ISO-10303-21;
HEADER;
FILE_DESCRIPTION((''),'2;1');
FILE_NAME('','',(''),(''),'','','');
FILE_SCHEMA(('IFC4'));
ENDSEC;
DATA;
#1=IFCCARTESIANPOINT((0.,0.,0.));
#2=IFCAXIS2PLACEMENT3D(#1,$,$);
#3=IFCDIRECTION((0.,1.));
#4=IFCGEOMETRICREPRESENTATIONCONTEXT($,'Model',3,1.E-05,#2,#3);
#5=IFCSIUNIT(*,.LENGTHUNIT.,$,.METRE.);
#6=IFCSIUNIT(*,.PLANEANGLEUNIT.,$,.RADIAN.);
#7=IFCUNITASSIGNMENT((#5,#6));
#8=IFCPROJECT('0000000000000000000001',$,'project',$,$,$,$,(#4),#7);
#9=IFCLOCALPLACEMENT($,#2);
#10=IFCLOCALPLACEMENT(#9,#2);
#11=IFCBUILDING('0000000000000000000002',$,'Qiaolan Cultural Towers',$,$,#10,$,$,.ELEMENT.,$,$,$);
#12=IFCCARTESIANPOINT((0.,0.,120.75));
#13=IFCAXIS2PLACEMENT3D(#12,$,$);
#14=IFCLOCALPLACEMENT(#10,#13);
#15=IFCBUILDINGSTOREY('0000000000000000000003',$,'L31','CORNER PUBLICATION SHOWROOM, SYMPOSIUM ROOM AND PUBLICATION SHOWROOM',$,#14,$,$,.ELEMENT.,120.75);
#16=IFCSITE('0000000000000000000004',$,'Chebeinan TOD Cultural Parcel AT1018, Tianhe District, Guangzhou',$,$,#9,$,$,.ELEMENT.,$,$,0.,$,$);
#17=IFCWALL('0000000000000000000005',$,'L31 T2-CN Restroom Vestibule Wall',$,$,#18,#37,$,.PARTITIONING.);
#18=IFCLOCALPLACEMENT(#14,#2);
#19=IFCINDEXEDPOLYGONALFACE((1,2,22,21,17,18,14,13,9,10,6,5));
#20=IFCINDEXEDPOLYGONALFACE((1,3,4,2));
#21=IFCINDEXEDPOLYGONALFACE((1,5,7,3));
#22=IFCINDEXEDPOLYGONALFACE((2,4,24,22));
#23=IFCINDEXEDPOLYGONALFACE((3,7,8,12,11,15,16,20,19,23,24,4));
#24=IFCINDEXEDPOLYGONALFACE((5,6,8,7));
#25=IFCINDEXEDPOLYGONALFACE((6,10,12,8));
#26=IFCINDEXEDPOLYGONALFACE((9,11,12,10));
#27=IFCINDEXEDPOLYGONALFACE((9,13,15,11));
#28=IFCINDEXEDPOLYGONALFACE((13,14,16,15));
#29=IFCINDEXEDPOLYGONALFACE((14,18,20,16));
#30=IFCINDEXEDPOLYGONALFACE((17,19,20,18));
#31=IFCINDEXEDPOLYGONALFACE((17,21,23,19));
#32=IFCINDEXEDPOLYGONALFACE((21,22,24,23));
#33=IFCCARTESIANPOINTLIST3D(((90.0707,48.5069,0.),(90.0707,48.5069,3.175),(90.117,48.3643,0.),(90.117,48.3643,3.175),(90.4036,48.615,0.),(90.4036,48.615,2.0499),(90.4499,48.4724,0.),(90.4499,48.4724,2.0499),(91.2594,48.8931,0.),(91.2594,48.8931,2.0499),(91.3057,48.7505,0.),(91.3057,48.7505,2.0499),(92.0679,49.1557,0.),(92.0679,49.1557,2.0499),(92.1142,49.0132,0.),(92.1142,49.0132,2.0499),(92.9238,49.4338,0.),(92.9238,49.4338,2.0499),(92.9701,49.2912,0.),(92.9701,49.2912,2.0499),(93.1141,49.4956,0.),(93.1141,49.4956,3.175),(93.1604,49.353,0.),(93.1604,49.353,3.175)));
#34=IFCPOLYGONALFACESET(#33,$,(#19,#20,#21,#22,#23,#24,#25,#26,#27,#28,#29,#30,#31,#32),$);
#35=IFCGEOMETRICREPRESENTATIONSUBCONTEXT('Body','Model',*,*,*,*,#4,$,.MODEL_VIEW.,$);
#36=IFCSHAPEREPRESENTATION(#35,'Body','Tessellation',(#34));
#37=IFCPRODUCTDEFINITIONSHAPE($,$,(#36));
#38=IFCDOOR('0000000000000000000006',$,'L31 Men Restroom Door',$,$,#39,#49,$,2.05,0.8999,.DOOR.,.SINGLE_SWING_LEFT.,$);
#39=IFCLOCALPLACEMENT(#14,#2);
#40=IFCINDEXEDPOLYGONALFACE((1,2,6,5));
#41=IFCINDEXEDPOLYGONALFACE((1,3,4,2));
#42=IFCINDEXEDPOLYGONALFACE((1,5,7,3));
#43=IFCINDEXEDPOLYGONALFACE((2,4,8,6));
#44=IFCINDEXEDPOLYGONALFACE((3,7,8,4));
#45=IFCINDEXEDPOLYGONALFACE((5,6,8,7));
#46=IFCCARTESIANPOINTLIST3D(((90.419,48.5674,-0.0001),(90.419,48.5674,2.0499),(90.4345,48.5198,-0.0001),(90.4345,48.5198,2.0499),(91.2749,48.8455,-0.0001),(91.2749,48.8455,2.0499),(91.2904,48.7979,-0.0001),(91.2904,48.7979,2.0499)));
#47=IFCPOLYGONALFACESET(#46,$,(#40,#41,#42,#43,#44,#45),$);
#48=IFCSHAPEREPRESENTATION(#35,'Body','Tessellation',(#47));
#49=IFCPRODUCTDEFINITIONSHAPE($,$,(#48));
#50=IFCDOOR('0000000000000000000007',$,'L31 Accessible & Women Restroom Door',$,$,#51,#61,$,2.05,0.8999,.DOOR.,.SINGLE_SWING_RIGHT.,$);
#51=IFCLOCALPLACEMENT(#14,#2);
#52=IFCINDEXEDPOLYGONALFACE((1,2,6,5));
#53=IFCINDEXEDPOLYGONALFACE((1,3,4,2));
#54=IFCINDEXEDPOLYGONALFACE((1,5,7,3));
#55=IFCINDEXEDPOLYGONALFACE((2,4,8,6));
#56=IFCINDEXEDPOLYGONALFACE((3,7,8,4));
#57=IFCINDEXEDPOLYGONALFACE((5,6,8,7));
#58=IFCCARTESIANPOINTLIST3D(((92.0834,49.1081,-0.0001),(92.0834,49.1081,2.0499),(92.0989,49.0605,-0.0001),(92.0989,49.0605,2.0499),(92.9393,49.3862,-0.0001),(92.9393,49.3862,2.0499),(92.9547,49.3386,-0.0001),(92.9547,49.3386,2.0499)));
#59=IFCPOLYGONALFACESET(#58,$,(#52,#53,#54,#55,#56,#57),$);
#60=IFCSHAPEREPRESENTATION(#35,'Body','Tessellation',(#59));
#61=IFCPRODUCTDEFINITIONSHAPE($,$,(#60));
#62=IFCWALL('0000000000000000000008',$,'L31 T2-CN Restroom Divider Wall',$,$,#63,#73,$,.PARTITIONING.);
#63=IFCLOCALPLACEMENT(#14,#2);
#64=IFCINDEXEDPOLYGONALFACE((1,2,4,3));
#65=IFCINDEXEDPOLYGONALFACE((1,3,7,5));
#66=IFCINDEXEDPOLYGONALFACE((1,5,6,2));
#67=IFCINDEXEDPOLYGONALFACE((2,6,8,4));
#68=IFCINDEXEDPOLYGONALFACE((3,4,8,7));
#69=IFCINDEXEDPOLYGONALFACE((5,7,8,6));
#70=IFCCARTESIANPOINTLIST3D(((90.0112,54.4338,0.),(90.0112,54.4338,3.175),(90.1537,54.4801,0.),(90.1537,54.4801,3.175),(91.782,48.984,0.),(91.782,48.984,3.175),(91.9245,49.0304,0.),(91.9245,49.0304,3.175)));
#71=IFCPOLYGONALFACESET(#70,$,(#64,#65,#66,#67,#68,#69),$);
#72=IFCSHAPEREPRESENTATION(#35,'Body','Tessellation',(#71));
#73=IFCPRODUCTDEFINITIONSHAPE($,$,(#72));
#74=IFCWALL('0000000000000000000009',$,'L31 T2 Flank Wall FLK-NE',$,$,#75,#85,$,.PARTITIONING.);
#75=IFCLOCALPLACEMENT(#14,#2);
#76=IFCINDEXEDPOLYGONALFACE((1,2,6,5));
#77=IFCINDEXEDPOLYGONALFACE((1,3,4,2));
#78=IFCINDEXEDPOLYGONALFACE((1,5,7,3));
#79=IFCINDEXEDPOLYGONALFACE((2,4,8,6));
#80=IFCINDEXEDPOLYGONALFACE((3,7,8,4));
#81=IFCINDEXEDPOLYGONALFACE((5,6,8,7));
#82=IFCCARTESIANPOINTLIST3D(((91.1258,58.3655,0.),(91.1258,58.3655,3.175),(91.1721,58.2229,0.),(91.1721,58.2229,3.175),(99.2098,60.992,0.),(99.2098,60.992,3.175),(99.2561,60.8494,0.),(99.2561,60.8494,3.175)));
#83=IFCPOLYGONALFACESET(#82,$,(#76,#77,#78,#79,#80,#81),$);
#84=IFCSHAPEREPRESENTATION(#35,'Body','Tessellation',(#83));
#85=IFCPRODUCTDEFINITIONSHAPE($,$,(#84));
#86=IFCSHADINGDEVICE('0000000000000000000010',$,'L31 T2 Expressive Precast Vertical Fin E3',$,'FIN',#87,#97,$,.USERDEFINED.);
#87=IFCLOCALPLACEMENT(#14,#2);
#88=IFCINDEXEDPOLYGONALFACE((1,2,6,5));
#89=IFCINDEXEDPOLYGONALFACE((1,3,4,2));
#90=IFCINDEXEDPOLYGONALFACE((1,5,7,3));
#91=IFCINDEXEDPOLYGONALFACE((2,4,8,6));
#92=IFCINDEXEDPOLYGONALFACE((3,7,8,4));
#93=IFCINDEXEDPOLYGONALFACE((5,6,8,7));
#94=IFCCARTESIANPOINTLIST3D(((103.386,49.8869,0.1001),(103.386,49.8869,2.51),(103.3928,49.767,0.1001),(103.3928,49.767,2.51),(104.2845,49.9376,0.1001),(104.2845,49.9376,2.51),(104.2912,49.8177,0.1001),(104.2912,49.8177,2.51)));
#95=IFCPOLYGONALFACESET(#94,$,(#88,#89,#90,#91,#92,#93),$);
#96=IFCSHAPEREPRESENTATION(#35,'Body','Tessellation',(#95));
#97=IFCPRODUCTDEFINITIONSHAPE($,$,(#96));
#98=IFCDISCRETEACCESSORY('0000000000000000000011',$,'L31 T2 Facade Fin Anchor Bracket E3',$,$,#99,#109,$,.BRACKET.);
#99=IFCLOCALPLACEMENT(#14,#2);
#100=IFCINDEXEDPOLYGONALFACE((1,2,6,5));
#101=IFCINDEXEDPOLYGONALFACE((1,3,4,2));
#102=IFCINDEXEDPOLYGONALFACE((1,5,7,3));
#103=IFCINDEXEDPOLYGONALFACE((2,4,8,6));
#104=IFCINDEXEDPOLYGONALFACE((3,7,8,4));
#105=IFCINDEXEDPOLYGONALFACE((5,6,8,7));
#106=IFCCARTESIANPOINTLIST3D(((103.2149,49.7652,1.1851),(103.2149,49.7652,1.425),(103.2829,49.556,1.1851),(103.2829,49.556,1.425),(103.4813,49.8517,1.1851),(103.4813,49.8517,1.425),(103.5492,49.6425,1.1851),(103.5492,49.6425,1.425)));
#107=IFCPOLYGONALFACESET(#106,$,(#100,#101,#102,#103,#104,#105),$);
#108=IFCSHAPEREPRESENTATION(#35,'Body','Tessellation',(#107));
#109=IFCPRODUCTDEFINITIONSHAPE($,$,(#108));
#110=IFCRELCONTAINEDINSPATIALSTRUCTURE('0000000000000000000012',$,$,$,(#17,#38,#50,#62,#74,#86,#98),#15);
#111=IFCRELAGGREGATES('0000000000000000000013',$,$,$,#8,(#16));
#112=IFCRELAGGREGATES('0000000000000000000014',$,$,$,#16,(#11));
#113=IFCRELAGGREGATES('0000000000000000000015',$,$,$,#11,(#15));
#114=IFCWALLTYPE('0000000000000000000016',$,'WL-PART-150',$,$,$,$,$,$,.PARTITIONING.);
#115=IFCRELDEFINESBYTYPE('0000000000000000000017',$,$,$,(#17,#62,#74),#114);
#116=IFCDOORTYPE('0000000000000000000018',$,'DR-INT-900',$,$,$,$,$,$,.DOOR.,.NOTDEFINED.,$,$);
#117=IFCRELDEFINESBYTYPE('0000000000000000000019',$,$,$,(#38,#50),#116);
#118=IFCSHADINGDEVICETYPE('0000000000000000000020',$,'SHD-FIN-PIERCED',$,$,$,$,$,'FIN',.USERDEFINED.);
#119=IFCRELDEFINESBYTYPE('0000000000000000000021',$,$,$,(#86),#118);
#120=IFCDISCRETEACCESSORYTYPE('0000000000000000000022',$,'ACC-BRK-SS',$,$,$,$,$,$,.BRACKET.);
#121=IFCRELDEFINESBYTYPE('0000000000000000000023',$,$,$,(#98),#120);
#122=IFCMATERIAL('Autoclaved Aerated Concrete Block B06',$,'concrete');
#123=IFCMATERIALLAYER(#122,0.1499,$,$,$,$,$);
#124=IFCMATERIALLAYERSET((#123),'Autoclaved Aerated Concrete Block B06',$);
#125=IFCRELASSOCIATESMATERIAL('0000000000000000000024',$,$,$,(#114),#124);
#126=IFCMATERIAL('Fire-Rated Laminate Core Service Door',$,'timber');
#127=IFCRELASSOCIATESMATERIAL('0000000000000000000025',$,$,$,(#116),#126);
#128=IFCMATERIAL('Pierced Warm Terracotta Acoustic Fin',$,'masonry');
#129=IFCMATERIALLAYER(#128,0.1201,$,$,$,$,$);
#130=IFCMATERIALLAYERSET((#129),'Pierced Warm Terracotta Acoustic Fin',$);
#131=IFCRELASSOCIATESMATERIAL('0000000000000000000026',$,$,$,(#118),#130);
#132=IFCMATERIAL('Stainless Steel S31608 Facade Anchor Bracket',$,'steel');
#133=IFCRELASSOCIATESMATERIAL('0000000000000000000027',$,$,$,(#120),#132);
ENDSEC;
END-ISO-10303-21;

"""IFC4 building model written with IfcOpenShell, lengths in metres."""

from ifc_helpers import new_model, si_unit, direction, frame, frame_2d, origin, origin_2d, place, context, subcontext, project, spatial, rectangle, extrude, material, layer, layer_set, type_object, element, fill, save


model = new_model("IFC4")

# Units and contexts
model_context = context("Model", 3, precision=1e-05, world=origin(), true_north=direction((0.0, 1.0)))
body_context = subcontext(model_context, "Body", "Model", "MODEL_VIEW")
ifc_project = project(units=[si_unit("LENGTHUNIT", "METRE"), si_unit("PLANEANGLEUNIT", "RADIAN")], contexts=[model_context])

# Site, building, storey
site_placement = place(None, origin())
site = spatial("IfcSite", under=ifc_project, at=site_placement, Name="Chebeinan TOD Cultural Parcel AT1018, Tianhe District, Guangzhou", CompositionType="ELEMENT", RefElevation=0.0)
building_placement = place(site_placement, origin())
building = spatial("IfcBuilding", under=site, at=building_placement, Name="Qiaolan Cultural Towers", CompositionType="ELEMENT")
storey_placement = place(building_placement, frame((0.0, 0.0, 120.75)))
storey = spatial("IfcBuildingStorey", under=building, at=storey_placement, Name="L31", Description="CORNER PUBLICATION SHOWROOM, SYMPOSIUM ROOM AND PUBLICATION SHOWROOM", CompositionType="ELEMENT", Elevation=120.75)

# Wall, openings, doors
ifc_material_1 = material(Name="Autoclaved Aerated Concrete Block B06", Category="concrete")
ifc_layer_1 = layer(ifc_material_1, 0.1499)
ifc_layer_set_1 = layer_set([ifc_layer_1], Name="Autoclaved Aerated Concrete Block B06")
wall_type_1 = type_object("IfcWallType", Name="WL-PART-150", PredefinedType="PARTITIONING", material=ifc_layer_set_1)
wall_1_placement = place(storey_placement, frame((90.0938, 48.4355, 0.0), z_axis=(0.0, 0.0, 1.0), x_axis=(0.951067, 0.308986, 0.0)))
wall_1 = element("IfcWall", 1, at=wall_1_placement, inside=storey, type_object=wall_type_1, Name="L31 T2-CN Restroom Vestibule Wall", PredefinedType="PARTITIONING", context=body_context, shape_type="SweptSolid", body=[
    extrude(rectangle(XDim=3.2, YDim=0.1499, at=frame_2d((1.6001, 0.0))), origin(), (0.0, 0.0, 1.0), 3.175),
])
opening_1_placement = place(wall_1_placement, frame((0.3501, 0.0, 0.0)))
opening_1 = element("IfcOpeningElement", 2, at=opening_1_placement, cuts=wall_1, PredefinedType="OPENING", context=body_context, shape_type="SweptSolid", body=[
    extrude(rectangle(XDim=0.8999, YDim=2.05, at=frame_2d((0.45, 1.0249))), frame((0.0, 0.085, 0.0), z_axis=(0.0, -1.0, 0.0), x_axis=(1.0, 0.0, 0.0)), (0.0, 0.0, 1.0), 0.1699),
])
opening_2_placement = place(wall_1_placement, frame((2.1001, 0.0, 0.0)))
opening_2 = element("IfcOpeningElement", 3, at=opening_2_placement, cuts=wall_1, PredefinedType="OPENING", context=body_context, shape_type="SweptSolid", body=[
    extrude(rectangle(XDim=0.8999, YDim=2.05, at=frame_2d((0.45, 1.0249))), frame((0.0, 0.085, 0.0), z_axis=(0.0, -1.0, 0.0), x_axis=(1.0, 0.0, 0.0)), (0.0, 0.0, 1.0), 0.1699),
])
ifc_material_2 = material(Name="Fire-Rated Laminate Core Service Door", Category="timber")
door_type_1 = type_object("IfcDoorType", Name="DR-INT-900", OperationType="NOTDEFINED", PredefinedType="DOOR", material=ifc_material_2)
door_1_placement = place(opening_1_placement, origin())
door_1 = element("IfcDoor", 4, at=door_1_placement, inside=storey, type_object=door_type_1, Name="L31 Men Restroom Door", OperationType="SINGLE_SWING_LEFT", OverallHeight=2.05, OverallWidth=0.8999, PredefinedType="DOOR", context=body_context, shape_type="SweptSolid", body=[
    extrude(rectangle(XDim=0.8999, YDim=2.05, at=frame_2d((0.45, 1.0249))), frame((0.0, 0.0249, 0.0), z_axis=(0.0, -1.0, 0.0), x_axis=(1.0, 0.0, 0.0)), (0.0, 0.0, 1.0), 0.05),
])
fill(opening_1, door_1)
door_2_placement = place(opening_2_placement, origin())
door_2 = element("IfcDoor", 5, at=door_2_placement, inside=storey, type_object=door_type_1, Name="L31 Accessible & Women Restroom Door", OperationType="SINGLE_SWING_RIGHT", OverallHeight=2.05, OverallWidth=0.8999, PredefinedType="DOOR", context=body_context, shape_type="SweptSolid", body=[
    extrude(rectangle(XDim=0.8999, YDim=2.05, at=frame_2d((0.45, 1.0249))), frame((0.0, 0.0249, 0.0), z_axis=(0.0, -1.0, 0.0), x_axis=(1.0, 0.0, 0.0)), (0.0, 0.0, 1.0), 0.05),
])
fill(opening_2, door_2)

# Walls
wall_2_placement = place(storey_placement, frame((91.8533, 49.0071, 0.0), z_axis=(0.0, 0.0, 1.0), x_axis=(-0.309022, 0.951055, 0.0)))
element("IfcWall", 6, at=wall_2_placement, inside=storey, type_object=wall_type_1, Name="L31 T2-CN Restroom Divider Wall", PredefinedType="PARTITIONING", context=body_context, shape_type="SweptSolid", body=[
    extrude(rectangle(XDim=5.7302, YDim=0.1499, at=frame_2d((2.8652, 0.0))), origin(), (0.0, 0.0, 1.0), 3.175),
])
wall_3_placement = place(storey_placement, frame((91.1489, 58.2942, 0.0), z_axis=(0.0, 0.0, 1.0), x_axis=(0.951063, 0.308998, 0.0)))
element("IfcWall", 7, at=wall_3_placement, inside=storey, type_object=wall_type_1, Name="L31 T2 Flank Wall FLK-NE", PredefinedType="PARTITIONING", context=body_context, shape_type="SweptSolid", body=[
    extrude(rectangle(XDim=8.5, YDim=0.1499, at=frame_2d((4.25, 0.0))), origin(), (0.0, 0.0, 1.0), 3.175),
])

# Shading device
ifc_material_3 = material(Name="Pierced Warm Terracotta Acoustic Fin", Category="masonry")
ifc_layer_2 = layer(ifc_material_3, 0.1201)
ifc_layer_set_2 = layer_set([ifc_layer_2], Name="Pierced Warm Terracotta Acoustic Fin")
shading_device_type = type_object("IfcShadingDeviceType", Name="SHD-FIN-PIERCED", ElementType="FIN", PredefinedType="USERDEFINED", material=ifc_layer_set_2)
shading_device_placement = place(storey_placement, frame((103.8386, 49.8523, 0.1001), z_axis=(0.0, 0.0, 1.0), x_axis=(0.998413, 0.056307, 0.0)))
element("IfcShadingDevice", 8, at=shading_device_placement, inside=storey, type_object=shading_device_type, Name="L31 T2 Expressive Precast Vertical Fin E3", ObjectType="FIN", PredefinedType="USERDEFINED", context=body_context, shape_type="SweptSolid", body=[
    extrude(rectangle(XDim=0.8999, YDim=0.1201, at=origin_2d()), origin(), (0.0, 0.0, 1.0), 2.4099),
])

# Discrete accessory
ifc_material_4 = material(Name="Stainless Steel S31608 Facade Anchor Bracket", Category="steel")
discrete_accessory_type = type_object("IfcDiscreteAccessoryType", Name="ACC-BRK-SS", PredefinedType="BRACKET", material=ifc_material_4)
discrete_accessory_placement = place(storey_placement, frame((103.3821, 49.7039, 1.1851), z_axis=(0.0, 0.0, 1.0), x_axis=(0.951057, 0.309017, 0.0)))
element("IfcDiscreteAccessory", 9, at=discrete_accessory_placement, inside=storey, type_object=discrete_accessory_type, Name="L31 T2 Facade Fin Anchor Bracket E3", PredefinedType="BRACKET", context=body_context, shape_type="SweptSolid", body=[
    extrude(rectangle(XDim=0.28, YDim=0.22, at=origin_2d()), origin(), (0.0, 0.0, 1.0), 0.24),
])

save(model, "model.ifc")
